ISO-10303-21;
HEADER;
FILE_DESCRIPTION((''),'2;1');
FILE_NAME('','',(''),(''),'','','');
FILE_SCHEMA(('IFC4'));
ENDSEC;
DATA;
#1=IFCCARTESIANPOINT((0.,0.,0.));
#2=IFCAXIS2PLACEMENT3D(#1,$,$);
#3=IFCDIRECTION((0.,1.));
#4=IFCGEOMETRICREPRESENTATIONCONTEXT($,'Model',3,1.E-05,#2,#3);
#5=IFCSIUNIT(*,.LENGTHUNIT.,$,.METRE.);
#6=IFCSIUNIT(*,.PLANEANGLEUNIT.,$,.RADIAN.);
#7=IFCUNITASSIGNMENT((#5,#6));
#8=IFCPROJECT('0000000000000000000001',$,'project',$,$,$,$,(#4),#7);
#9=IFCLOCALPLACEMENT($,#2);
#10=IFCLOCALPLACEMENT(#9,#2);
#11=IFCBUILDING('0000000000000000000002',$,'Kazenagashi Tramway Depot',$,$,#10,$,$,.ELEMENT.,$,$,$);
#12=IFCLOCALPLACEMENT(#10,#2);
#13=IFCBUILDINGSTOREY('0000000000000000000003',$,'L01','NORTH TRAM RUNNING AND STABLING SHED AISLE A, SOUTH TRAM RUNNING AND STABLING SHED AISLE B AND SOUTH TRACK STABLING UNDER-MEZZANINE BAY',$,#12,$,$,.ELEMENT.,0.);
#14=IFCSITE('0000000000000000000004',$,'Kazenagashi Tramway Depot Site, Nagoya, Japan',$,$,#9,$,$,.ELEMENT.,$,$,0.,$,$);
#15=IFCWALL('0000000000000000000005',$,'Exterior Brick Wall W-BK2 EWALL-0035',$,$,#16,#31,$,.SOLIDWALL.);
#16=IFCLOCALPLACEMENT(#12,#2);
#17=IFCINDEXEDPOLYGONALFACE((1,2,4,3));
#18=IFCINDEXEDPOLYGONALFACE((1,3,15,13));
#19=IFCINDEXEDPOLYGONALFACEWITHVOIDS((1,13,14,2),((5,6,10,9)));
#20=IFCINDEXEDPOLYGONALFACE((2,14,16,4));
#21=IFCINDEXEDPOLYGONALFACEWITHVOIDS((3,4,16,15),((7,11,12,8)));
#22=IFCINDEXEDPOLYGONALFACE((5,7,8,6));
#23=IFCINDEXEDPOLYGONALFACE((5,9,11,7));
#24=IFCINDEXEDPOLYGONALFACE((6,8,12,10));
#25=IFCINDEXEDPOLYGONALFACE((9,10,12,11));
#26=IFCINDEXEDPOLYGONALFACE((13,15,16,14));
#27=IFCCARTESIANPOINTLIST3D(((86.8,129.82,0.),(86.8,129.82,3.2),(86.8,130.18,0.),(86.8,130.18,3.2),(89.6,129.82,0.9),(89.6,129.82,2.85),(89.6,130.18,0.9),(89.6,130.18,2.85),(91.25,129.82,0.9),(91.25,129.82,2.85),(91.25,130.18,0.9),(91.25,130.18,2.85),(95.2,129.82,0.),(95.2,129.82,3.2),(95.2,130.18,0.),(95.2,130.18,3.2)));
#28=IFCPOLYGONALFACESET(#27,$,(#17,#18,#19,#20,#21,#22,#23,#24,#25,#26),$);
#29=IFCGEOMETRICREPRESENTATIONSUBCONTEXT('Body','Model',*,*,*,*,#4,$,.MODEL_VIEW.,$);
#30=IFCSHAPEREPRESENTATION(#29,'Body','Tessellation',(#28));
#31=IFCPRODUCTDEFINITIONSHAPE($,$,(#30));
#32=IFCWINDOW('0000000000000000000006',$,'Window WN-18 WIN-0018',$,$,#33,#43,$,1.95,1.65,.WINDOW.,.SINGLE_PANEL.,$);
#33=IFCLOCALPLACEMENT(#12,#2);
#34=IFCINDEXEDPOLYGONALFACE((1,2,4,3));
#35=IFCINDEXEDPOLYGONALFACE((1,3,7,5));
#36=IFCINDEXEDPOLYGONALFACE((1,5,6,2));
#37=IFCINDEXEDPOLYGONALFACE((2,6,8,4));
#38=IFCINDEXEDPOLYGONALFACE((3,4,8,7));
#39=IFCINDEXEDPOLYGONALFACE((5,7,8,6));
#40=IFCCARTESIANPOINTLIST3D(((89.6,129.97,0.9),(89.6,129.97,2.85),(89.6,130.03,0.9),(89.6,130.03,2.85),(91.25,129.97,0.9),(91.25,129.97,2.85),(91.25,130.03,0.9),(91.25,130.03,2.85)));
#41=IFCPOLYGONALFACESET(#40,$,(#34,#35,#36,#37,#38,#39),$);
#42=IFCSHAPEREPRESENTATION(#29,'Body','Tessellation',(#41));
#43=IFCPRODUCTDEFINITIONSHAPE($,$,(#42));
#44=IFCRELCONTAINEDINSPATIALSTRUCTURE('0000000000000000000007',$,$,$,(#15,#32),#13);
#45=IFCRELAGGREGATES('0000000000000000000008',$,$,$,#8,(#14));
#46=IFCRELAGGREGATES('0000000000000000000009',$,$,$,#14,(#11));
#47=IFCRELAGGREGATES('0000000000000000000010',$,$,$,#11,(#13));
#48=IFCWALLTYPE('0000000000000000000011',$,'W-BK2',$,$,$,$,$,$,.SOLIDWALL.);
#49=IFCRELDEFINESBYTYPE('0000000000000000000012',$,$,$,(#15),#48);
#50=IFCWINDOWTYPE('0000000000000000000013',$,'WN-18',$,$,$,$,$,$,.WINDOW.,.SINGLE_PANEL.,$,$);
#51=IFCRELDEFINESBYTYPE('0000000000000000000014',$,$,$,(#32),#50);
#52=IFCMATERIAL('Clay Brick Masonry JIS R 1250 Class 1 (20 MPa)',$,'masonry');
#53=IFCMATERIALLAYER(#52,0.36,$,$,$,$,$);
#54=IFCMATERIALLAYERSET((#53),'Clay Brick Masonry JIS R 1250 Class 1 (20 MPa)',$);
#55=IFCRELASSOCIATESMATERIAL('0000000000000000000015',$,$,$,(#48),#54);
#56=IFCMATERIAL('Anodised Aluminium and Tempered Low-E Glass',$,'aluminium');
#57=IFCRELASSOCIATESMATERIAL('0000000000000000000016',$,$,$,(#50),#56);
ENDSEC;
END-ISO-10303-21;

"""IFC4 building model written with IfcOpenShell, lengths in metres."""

from ifc_helpers import new_model, si_unit, direction, frame, frame_2d, origin, place, context, subcontext, project, spatial, rectangle, extrude, material, layer, layer_set, type_object, element, fill, save


model = new_model("IFC4")

# Units and contexts
model_context = context("Model", 3, precision=1e-05, world=origin(), true_north=direction((0.0, 1.0)))
body_context = subcontext(model_context, "Body", "Model", "MODEL_VIEW")
ifc_project = project(units=[si_unit("LENGTHUNIT", "METRE"), si_unit("PLANEANGLEUNIT", "RADIAN")], contexts=[model_context])

# Site, building, storey
site_placement = place(None, origin())
site = spatial("IfcSite", under=ifc_project, at=site_placement, Name="Kazenagashi Tramway Depot Site, Nagoya, Japan", CompositionType="ELEMENT", RefElevation=0.0)
building_placement = place(site_placement, origin())
building = spatial("IfcBuilding", under=site, at=building_placement, Name="Kazenagashi Tramway Depot", CompositionType="ELEMENT")
storey_placement = place(building_placement, origin())
storey = spatial("IfcBuildingStorey", under=building, at=storey_placement, Name="L01", Description="NORTH TRAM RUNNING AND STABLING SHED AISLE A, SOUTH TRAM RUNNING AND STABLING SHED AISLE B AND SOUTH TRACK STABLING UNDER-MEZZANINE BAY", CompositionType="ELEMENT", Elevation=0.0)

# Wall, opening, window
ifc_material_1 = material(Name="Clay Brick Masonry JIS R 1250 Class 1 (20 MPa)", Category="masonry")
ifc_layer_1 = layer(ifc_material_1, 0.36)
ifc_layer_set_1 = layer_set([ifc_layer_1], Name="Clay Brick Masonry JIS R 1250 Class 1 (20 MPa)")
wall_type = type_object("IfcWallType", Name="W-BK2", PredefinedType="SOLIDWALL", material=ifc_layer_set_1)
wall_placement = place(storey_placement, frame((86.8, 130.0, 0.0), z_axis=(0.0, 0.0, 1.0), x_axis=(1.0, 0.0, 0.0)))
wall = element("IfcWall", 1, at=wall_placement, inside=storey, type_object=wall_type, Name="Exterior Brick Wall W-BK2 EWALL-0035", PredefinedType="SOLIDWALL", context=body_context, shape_type="SweptSolid", body=[
    extrude(rectangle(XDim=8.4, YDim=0.36, at=frame_2d((4.2, 0.0))), origin(), (0.0, 0.0, 1.0), 3.2),
])
opening_placement = place(wall_placement, frame((2.8, 0.0, 0.9)))
opening = element("IfcOpeningElement", 2, at=opening_placement, cuts=wall, PredefinedType="OPENING", context=body_context, shape_type="SweptSolid", body=[
    extrude(rectangle(XDim=1.65, YDim=1.95, at=frame_2d((0.825, 0.975))), frame((0.0, 0.19, 0.0), z_axis=(0.0, -1.0, 0.0), x_axis=(1.0, 0.0, 0.0)), (0.0, 0.0, 1.0), 0.38),
])
ifc_material_2 = material(Name="Anodised Aluminium and Tempered Low-E Glass", Category="aluminium")
window_type = type_object("IfcWindowType", Name="WN-18", PartitioningType="SINGLE_PANEL", PredefinedType="WINDOW", material=ifc_material_2)
window_placement = place(opening_placement, origin())
window = element("IfcWindow", 3, at=window_placement, inside=storey, type_object=window_type, Name="Window WN-18 WIN-0018", OverallHeight=1.95, OverallWidth=1.65, PartitioningType="SINGLE_PANEL", PredefinedType="WINDOW", context=body_context, shape_type="SweptSolid", body=[
    extrude(rectangle(XDim=1.65, YDim=1.95, at=frame_2d((0.825, 0.975))), frame((0.0, 0.03, 0.0), z_axis=(0.0, -1.0, 0.0), x_axis=(1.0, 0.0, 0.0)), (0.0, 0.0, 1.0), 0.06),
])
fill(opening, window)

save(model, "model.ifc")
